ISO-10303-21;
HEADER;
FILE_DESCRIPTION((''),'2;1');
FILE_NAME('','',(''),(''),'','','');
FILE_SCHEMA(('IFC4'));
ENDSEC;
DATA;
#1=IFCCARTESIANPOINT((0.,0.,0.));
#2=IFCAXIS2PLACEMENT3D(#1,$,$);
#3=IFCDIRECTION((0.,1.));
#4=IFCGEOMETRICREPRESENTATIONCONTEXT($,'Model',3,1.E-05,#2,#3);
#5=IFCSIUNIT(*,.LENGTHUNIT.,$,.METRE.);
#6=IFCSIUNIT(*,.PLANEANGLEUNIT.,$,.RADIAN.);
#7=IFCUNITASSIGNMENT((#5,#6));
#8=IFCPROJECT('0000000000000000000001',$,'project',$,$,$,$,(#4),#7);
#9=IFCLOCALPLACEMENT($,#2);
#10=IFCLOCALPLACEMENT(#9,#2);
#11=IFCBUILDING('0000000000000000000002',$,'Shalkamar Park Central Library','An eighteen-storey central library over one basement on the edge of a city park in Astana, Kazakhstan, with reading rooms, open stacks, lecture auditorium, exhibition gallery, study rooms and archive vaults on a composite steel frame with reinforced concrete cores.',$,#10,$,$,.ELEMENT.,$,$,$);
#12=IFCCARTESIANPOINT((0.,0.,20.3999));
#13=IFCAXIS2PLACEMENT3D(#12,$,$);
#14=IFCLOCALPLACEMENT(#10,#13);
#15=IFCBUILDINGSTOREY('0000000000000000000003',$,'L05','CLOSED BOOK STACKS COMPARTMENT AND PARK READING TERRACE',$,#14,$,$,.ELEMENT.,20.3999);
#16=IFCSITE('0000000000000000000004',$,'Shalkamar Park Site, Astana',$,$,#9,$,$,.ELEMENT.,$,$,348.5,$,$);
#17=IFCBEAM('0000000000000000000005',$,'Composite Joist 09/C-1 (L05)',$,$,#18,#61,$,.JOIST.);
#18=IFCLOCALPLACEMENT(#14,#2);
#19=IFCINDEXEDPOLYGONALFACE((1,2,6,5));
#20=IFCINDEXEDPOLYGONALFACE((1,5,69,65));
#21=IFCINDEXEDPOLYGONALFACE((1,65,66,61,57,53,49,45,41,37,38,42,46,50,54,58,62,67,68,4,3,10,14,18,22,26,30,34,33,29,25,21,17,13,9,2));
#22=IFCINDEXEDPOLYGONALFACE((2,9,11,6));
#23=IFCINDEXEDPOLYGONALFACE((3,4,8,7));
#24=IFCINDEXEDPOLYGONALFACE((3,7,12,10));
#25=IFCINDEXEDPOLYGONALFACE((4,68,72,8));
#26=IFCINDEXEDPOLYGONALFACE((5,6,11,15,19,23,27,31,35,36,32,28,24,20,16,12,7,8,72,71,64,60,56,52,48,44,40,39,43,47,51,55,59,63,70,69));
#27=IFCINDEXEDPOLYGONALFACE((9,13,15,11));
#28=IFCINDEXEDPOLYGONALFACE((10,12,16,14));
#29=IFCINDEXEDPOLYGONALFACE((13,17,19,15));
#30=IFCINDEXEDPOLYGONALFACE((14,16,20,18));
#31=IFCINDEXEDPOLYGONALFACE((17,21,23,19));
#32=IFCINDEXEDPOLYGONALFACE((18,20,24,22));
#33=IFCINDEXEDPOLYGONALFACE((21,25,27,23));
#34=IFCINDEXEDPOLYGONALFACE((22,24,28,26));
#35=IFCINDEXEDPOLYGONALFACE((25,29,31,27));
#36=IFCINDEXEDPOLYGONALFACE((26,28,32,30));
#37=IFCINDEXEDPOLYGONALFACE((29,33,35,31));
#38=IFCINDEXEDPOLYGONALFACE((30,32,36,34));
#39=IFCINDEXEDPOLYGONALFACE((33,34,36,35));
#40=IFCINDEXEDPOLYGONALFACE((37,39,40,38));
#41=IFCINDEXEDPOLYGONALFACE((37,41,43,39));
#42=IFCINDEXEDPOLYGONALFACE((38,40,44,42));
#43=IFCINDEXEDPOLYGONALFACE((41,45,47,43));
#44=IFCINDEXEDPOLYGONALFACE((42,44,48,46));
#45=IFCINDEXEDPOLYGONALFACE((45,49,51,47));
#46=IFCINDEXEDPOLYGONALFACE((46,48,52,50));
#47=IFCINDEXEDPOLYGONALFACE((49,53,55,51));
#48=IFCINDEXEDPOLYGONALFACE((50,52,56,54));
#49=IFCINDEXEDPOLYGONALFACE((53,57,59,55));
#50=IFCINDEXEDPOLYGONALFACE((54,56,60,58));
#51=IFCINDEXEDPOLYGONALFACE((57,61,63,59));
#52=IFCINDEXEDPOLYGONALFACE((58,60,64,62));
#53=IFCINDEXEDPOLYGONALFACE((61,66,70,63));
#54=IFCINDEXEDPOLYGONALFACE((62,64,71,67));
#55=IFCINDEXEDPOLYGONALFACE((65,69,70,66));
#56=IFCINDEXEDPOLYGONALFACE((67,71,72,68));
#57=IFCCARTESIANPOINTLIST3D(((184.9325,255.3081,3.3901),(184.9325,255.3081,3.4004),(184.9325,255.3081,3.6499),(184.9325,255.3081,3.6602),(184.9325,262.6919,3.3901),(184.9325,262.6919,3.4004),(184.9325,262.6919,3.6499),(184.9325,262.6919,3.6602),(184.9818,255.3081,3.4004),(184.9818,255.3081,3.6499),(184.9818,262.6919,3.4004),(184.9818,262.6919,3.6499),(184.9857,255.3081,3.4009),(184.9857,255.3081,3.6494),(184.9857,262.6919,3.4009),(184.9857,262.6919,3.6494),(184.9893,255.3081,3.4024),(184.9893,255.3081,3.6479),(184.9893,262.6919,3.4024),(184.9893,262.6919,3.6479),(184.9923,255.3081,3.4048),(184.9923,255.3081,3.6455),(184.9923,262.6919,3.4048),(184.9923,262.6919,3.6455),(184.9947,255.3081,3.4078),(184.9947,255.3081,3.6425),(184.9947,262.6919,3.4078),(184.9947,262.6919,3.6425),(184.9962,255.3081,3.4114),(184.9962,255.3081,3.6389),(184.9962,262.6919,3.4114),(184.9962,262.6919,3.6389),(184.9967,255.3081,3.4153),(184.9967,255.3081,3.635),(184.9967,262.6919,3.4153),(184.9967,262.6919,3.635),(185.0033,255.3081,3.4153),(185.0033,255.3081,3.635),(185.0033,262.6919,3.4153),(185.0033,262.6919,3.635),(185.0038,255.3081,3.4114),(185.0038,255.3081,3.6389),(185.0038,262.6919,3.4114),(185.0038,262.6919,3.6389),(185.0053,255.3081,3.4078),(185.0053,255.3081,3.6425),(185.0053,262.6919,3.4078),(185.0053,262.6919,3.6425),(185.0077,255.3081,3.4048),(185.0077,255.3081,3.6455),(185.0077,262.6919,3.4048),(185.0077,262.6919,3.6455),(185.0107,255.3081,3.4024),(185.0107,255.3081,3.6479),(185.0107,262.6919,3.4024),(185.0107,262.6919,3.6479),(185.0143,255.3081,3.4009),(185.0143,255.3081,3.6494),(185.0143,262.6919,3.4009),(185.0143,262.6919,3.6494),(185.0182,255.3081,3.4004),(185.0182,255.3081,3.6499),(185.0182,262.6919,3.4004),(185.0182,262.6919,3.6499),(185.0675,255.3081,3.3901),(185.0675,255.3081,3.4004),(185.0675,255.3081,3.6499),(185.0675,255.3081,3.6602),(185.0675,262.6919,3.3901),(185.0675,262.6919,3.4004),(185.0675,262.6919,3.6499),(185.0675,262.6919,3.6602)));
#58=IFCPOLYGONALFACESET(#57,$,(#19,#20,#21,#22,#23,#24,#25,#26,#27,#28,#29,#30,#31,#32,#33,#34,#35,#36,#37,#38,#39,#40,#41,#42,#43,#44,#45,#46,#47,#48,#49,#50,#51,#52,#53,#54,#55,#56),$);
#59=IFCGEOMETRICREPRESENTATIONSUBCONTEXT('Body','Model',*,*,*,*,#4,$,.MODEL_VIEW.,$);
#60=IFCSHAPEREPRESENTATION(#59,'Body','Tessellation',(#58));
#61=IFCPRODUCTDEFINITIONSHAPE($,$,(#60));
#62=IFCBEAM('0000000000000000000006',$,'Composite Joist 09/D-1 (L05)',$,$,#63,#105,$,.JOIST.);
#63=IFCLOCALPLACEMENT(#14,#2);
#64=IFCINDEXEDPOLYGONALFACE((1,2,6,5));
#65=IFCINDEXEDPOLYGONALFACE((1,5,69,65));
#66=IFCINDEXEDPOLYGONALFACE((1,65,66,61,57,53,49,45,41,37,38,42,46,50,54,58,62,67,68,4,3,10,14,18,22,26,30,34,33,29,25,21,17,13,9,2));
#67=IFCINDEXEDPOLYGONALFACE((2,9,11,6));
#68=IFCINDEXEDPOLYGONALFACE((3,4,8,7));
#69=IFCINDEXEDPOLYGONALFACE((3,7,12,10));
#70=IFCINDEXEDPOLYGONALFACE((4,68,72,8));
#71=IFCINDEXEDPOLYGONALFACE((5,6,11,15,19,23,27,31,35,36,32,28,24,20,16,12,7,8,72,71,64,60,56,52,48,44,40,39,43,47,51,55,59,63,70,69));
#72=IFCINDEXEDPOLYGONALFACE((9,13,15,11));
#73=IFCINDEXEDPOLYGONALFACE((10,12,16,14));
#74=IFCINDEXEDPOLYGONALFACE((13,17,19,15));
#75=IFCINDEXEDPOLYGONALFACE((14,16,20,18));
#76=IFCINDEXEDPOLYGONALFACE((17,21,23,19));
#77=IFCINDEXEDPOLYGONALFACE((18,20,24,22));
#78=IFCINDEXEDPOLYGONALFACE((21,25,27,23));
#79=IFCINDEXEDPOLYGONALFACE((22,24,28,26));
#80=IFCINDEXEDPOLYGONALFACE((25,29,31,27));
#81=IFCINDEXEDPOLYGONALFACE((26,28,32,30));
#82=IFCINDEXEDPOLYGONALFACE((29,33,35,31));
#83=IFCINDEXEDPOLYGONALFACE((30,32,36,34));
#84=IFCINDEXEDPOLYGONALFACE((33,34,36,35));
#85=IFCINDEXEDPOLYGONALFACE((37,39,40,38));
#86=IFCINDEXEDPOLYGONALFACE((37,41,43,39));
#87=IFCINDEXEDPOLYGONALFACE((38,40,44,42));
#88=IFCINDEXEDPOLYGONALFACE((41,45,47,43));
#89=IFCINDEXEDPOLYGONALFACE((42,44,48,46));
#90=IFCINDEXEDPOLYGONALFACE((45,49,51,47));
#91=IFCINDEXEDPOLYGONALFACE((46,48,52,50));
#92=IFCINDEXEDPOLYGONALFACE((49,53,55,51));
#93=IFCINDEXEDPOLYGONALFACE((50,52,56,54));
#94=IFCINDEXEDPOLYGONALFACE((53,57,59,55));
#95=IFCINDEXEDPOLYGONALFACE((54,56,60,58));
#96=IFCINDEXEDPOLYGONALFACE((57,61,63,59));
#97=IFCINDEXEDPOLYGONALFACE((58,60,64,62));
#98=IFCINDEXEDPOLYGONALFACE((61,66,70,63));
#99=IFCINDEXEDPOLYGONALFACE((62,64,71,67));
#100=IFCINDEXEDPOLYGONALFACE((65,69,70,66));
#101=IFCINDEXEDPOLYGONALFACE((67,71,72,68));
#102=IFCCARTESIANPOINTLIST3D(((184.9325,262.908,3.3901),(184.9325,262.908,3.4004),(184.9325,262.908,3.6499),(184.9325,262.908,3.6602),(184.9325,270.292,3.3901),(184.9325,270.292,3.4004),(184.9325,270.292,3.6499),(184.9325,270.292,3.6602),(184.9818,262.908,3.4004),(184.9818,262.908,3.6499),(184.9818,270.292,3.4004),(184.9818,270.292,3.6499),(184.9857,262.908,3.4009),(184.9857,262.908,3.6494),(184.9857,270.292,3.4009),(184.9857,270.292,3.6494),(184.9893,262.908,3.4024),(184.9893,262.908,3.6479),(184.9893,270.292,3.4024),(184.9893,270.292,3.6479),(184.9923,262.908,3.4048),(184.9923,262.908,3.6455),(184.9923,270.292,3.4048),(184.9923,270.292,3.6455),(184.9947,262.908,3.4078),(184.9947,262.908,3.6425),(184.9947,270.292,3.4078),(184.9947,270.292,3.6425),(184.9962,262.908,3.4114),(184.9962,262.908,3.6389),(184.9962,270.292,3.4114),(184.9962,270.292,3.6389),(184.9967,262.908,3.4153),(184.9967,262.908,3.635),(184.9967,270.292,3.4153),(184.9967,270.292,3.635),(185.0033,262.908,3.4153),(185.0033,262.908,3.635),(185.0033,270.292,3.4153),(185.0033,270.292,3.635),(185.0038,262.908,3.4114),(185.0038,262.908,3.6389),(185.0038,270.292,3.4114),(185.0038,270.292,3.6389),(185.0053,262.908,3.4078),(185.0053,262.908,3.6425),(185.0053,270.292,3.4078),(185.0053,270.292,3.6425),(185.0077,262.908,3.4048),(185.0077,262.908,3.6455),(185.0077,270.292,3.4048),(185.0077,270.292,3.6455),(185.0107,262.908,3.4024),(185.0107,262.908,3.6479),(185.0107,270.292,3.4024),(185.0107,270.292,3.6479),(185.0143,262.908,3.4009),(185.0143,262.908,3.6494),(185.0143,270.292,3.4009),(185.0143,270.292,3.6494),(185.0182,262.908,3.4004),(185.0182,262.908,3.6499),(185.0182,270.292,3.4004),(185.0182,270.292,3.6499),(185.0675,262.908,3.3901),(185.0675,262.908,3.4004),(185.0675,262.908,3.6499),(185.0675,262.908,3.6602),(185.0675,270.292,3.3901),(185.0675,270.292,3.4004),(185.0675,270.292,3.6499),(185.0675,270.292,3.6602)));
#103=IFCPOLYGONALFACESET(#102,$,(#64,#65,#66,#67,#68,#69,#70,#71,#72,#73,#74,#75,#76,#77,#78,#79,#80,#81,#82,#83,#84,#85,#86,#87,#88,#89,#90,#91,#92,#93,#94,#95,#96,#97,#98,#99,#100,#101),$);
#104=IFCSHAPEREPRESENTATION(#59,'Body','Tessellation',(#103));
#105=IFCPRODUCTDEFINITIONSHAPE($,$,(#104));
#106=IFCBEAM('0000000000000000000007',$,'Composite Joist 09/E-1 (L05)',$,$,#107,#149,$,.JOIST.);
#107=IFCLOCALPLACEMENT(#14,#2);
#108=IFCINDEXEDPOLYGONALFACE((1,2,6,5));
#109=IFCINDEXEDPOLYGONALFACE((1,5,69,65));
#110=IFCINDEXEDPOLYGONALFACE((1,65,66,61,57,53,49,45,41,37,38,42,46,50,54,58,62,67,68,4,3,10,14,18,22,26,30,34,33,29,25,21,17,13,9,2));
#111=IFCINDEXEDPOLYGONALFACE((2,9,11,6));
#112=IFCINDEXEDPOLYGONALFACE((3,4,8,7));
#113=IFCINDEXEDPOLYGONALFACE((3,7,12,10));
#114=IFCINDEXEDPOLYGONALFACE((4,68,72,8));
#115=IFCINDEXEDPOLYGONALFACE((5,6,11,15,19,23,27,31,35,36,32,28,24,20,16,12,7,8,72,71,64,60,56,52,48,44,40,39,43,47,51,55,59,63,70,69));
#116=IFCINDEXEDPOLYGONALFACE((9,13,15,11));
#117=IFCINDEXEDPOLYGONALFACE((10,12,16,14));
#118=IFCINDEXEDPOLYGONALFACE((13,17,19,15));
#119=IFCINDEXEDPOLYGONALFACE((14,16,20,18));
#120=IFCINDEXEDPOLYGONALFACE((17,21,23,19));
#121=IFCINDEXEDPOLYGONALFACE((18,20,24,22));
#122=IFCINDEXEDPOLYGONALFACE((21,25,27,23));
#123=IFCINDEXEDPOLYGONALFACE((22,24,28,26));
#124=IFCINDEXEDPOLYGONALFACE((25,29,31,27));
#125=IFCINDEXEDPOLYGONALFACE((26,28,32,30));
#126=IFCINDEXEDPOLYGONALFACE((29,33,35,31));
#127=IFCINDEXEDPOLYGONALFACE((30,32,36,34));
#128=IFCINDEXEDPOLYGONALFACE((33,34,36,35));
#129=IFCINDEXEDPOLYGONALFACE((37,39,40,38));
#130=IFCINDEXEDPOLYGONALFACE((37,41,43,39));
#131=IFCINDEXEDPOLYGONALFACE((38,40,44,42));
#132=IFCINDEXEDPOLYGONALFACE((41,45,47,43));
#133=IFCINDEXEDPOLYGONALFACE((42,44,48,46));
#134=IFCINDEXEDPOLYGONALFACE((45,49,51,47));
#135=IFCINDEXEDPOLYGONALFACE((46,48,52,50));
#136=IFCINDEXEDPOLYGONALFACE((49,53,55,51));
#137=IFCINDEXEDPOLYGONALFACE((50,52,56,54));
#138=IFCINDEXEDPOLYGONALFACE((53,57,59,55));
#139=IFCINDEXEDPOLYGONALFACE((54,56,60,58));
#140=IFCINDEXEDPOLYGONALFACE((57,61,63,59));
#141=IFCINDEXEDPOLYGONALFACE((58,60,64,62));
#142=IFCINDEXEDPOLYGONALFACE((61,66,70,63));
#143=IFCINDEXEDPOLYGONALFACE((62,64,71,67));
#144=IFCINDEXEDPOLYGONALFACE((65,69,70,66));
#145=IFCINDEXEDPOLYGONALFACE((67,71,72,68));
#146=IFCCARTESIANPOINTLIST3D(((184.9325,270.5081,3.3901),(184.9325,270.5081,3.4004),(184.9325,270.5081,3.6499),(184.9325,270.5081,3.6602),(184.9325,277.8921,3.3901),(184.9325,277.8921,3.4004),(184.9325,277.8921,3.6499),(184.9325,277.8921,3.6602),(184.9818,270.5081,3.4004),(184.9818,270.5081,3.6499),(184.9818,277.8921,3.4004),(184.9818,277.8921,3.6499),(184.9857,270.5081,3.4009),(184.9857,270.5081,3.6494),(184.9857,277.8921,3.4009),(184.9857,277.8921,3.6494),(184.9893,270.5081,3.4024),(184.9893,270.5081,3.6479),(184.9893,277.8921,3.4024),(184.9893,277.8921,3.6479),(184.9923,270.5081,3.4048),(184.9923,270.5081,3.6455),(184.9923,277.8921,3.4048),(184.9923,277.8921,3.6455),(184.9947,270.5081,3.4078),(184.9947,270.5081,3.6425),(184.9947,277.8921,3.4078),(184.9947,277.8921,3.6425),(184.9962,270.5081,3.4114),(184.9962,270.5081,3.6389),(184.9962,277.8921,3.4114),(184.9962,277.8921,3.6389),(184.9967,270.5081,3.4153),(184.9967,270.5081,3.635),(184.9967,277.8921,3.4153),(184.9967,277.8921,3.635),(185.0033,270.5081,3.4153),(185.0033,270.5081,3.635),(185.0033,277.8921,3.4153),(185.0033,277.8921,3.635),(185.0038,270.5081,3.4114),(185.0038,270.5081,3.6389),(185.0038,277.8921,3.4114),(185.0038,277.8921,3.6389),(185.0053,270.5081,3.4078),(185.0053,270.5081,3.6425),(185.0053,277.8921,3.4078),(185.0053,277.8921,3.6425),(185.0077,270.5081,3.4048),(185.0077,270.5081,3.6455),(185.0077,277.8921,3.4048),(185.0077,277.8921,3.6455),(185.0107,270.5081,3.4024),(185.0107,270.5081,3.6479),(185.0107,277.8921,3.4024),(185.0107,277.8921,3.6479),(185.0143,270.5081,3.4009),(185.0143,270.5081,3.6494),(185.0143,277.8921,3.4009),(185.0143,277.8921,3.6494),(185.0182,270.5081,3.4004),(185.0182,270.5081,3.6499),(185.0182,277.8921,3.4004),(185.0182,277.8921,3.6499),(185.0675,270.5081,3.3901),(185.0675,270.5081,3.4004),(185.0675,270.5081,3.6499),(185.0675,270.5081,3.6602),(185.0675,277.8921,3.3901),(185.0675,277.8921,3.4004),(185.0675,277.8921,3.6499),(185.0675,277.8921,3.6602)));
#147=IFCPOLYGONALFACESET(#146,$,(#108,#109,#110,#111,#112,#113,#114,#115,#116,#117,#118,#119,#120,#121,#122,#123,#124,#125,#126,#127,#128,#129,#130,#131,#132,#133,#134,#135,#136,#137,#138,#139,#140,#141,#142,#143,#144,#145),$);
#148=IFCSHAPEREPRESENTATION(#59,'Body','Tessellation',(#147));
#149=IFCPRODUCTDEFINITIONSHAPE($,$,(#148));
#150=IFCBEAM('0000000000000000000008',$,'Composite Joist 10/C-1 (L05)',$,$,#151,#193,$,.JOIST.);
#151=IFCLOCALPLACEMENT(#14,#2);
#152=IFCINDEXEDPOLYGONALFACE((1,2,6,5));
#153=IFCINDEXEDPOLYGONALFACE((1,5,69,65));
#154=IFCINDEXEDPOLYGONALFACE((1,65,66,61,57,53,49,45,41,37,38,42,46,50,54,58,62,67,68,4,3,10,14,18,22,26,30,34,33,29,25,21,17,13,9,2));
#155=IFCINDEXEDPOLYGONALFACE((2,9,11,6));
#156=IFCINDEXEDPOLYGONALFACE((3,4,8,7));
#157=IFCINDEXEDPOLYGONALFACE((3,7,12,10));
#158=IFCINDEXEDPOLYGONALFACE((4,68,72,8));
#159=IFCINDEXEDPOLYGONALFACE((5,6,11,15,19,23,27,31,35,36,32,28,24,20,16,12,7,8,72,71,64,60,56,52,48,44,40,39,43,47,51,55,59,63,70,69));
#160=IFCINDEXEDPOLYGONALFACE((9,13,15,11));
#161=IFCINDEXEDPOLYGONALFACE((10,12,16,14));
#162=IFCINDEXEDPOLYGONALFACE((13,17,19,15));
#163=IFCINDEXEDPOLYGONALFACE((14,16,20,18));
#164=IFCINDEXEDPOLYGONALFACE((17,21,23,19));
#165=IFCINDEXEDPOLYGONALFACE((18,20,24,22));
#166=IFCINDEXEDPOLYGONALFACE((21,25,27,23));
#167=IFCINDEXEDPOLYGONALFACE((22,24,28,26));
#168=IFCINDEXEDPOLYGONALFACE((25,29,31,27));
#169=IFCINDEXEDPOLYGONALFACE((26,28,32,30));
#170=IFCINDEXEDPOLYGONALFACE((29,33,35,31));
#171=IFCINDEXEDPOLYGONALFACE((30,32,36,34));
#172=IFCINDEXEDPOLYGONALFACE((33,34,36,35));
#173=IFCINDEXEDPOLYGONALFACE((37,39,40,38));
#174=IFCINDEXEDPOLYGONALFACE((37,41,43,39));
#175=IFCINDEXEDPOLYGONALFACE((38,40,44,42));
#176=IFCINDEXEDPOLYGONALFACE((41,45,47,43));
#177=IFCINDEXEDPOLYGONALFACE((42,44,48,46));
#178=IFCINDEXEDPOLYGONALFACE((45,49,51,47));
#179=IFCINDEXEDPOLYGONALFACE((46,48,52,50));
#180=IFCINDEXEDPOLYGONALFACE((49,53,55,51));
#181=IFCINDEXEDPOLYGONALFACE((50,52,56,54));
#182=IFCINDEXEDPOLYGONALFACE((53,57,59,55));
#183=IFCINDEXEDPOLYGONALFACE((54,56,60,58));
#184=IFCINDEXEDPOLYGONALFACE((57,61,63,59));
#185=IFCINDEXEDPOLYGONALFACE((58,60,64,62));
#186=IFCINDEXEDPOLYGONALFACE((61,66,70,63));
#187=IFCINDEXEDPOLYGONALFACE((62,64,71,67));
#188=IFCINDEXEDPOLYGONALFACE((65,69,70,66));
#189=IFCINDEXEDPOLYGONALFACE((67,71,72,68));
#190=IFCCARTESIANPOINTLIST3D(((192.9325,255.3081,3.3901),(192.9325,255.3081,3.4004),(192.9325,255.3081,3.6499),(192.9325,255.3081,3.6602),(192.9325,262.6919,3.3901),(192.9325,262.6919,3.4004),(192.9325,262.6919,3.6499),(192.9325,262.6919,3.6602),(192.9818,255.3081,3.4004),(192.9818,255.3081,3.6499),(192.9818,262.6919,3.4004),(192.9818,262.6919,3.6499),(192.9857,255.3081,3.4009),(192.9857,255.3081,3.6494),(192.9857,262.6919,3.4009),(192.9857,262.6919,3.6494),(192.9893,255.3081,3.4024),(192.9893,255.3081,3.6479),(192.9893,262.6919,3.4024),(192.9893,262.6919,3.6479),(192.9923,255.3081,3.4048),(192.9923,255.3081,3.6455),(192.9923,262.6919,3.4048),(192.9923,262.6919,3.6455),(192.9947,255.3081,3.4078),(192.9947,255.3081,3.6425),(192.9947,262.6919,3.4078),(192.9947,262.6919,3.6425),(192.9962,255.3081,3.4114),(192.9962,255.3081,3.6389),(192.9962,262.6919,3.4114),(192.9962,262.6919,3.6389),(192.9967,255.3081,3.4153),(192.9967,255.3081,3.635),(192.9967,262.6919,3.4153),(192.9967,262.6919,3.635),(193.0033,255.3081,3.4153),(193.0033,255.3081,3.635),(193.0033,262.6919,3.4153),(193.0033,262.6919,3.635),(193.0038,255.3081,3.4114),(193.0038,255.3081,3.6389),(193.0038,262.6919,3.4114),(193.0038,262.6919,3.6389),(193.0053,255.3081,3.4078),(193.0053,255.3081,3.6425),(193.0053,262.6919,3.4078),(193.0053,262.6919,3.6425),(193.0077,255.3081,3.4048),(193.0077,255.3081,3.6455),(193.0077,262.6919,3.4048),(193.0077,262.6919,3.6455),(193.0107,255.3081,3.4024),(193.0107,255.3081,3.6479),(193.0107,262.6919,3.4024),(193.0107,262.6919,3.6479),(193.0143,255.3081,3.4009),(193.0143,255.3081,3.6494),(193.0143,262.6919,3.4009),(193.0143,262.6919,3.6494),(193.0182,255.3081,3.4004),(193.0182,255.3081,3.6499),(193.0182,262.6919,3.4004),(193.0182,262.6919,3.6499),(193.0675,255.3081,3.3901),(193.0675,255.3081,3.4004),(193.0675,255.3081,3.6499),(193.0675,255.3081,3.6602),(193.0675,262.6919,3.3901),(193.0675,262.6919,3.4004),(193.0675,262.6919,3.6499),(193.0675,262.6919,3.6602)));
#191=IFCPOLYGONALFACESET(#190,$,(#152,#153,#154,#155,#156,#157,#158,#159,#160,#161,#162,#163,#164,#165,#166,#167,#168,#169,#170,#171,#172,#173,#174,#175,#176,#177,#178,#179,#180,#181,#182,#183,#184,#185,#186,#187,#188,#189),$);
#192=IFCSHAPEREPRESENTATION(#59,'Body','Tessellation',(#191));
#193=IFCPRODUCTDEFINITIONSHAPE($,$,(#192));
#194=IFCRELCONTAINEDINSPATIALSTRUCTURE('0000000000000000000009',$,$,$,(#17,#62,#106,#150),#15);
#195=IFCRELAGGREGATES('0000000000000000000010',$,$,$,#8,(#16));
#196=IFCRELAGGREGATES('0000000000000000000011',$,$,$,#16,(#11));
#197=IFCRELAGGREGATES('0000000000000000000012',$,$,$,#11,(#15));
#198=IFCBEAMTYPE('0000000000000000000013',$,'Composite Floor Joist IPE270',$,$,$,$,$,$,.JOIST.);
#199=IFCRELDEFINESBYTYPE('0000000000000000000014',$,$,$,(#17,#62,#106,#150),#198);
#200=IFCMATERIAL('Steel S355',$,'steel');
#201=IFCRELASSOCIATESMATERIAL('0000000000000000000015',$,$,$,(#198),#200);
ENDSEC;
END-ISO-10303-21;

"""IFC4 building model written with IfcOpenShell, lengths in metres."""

from ifc_helpers import new_model, si_unit, direction, frame, origin, origin_2d, place, context, subcontext, project, spatial, i_section, extrude, material, material_profile, profile_set, type_object, element, save


model = new_model("IFC4")

# Units and contexts
model_context = context("Model", 3, precision=1e-05, world=origin(), true_north=direction((0.0, 1.0)))
body_context = subcontext(model_context, "Body", "Model", "MODEL_VIEW")
ifc_project = project(units=[si_unit("LENGTHUNIT", "METRE"), si_unit("PLANEANGLEUNIT", "RADIAN")], contexts=[model_context])

# Site, building, storey
site_placement = place(None, origin())
site = spatial("IfcSite", under=ifc_project, at=site_placement, Name="Shalkamar Park Site, Astana", CompositionType="ELEMENT", RefElevation=348.5)
building_placement = place(site_placement, origin())
building = spatial("IfcBuilding", under=site, at=building_placement, Name="Shalkamar Park Central Library", Description="An eighteen-storey central library over one basement on the edge of a city park in Astana, Kazakhstan, with reading rooms, open stacks, lecture auditorium, exhibition gallery, study rooms and archive vaults on a composite steel frame with reinforced concrete cores.", CompositionType="ELEMENT")
storey_placement = place(building_placement, frame((0.0, 0.0, 20.3999)))
storey = spatial("IfcBuildingStorey", under=building, at=storey_placement, Name="L05", Description="CLOSED BOOK STACKS COMPARTMENT AND PARK READING TERRACE", CompositionType="ELEMENT", Elevation=20.3999)

# Shared definitions
ifc_material_1 = material(Name="Steel S355", Category="steel")

# Beams
ifc_material_profile_1 = material_profile(ifc_material_1, i_section(OverallWidth=0.135, OverallDepth=0.27, WebThickness=0.0066, FlangeThickness=0.0103, FilletRadius=0.0149, at=origin_2d()), Name="IPE 270")
ifc_profile_set_1 = profile_set([ifc_material_profile_1], Name="Steel S355")
beam_type_1 = type_object("IfcBeamType", Name="Composite Floor Joist IPE270", PredefinedType="JOIST", material=ifc_profile_set_1)
beam_1_placement = place(storey_placement, frame((185.0, 255.3081, 3.5251), z_axis=(0.0, 1.0, 0.0), x_axis=(-1.0, 0.0, 0.0)))
element("IfcBeam", 1, at=beam_1_placement, inside=storey, type_object=beam_type_1, Name="Composite Joist 09/C-1 (L05)", PredefinedType="JOIST", context=body_context, shape_type="SweptSolid", body=[
    extrude(i_section(OverallWidth=0.135, OverallDepth=0.27, WebThickness=0.0066, FlangeThickness=0.0103, FilletRadius=0.0149, at=origin_2d()), origin(), (0.0, 0.0, 1.0), 7.3838),
])
for number, where, z_axis, x_axis, name in (
    (2, (185.0, 262.908, 3.5251), (0.0, 1.0, 0.0), (-1.0, 0.0, 0.0), "Composite Joist 09/D-1 (L05)"),
    (3, (185.0, 270.5081, 3.5251), (0.0, 1.0, 0.0), (-1.0, 0.0, 0.0), "Composite Joist 09/E-1 (L05)"),
):
    element("IfcBeam", number, at=place(storey_placement, frame(where, z_axis=z_axis, x_axis=x_axis)), inside=storey, type_object=beam_type_1, Name=name, PredefinedType="JOIST", context=body_context, shape_type="SweptSolid", body=[
        extrude(i_section(OverallWidth=0.135, OverallDepth=0.27, WebThickness=0.0066, FlangeThickness=0.0103, FilletRadius=0.0149, at=origin_2d()), origin(), (0.0, 0.0, 1.0), 7.384),
    ])
beam_2_placement = place(storey_placement, frame((193.0, 255.3081, 3.5251), z_axis=(0.0, 1.0, 0.0), x_axis=(-1.0, 0.0, 0.0)))
element("IfcBeam", 4, at=beam_2_placement, inside=storey, type_object=beam_type_1, Name="Composite Joist 10/C-1 (L05)", PredefinedType="JOIST", context=body_context, shape_type="SweptSolid", body=[
    extrude(i_section(OverallWidth=0.135, OverallDepth=0.27, WebThickness=0.0066, FlangeThickness=0.0103, FilletRadius=0.0149, at=origin_2d()), origin(), (0.0, 0.0, 1.0), 7.3838),
])

save(model, "model.ifc")
